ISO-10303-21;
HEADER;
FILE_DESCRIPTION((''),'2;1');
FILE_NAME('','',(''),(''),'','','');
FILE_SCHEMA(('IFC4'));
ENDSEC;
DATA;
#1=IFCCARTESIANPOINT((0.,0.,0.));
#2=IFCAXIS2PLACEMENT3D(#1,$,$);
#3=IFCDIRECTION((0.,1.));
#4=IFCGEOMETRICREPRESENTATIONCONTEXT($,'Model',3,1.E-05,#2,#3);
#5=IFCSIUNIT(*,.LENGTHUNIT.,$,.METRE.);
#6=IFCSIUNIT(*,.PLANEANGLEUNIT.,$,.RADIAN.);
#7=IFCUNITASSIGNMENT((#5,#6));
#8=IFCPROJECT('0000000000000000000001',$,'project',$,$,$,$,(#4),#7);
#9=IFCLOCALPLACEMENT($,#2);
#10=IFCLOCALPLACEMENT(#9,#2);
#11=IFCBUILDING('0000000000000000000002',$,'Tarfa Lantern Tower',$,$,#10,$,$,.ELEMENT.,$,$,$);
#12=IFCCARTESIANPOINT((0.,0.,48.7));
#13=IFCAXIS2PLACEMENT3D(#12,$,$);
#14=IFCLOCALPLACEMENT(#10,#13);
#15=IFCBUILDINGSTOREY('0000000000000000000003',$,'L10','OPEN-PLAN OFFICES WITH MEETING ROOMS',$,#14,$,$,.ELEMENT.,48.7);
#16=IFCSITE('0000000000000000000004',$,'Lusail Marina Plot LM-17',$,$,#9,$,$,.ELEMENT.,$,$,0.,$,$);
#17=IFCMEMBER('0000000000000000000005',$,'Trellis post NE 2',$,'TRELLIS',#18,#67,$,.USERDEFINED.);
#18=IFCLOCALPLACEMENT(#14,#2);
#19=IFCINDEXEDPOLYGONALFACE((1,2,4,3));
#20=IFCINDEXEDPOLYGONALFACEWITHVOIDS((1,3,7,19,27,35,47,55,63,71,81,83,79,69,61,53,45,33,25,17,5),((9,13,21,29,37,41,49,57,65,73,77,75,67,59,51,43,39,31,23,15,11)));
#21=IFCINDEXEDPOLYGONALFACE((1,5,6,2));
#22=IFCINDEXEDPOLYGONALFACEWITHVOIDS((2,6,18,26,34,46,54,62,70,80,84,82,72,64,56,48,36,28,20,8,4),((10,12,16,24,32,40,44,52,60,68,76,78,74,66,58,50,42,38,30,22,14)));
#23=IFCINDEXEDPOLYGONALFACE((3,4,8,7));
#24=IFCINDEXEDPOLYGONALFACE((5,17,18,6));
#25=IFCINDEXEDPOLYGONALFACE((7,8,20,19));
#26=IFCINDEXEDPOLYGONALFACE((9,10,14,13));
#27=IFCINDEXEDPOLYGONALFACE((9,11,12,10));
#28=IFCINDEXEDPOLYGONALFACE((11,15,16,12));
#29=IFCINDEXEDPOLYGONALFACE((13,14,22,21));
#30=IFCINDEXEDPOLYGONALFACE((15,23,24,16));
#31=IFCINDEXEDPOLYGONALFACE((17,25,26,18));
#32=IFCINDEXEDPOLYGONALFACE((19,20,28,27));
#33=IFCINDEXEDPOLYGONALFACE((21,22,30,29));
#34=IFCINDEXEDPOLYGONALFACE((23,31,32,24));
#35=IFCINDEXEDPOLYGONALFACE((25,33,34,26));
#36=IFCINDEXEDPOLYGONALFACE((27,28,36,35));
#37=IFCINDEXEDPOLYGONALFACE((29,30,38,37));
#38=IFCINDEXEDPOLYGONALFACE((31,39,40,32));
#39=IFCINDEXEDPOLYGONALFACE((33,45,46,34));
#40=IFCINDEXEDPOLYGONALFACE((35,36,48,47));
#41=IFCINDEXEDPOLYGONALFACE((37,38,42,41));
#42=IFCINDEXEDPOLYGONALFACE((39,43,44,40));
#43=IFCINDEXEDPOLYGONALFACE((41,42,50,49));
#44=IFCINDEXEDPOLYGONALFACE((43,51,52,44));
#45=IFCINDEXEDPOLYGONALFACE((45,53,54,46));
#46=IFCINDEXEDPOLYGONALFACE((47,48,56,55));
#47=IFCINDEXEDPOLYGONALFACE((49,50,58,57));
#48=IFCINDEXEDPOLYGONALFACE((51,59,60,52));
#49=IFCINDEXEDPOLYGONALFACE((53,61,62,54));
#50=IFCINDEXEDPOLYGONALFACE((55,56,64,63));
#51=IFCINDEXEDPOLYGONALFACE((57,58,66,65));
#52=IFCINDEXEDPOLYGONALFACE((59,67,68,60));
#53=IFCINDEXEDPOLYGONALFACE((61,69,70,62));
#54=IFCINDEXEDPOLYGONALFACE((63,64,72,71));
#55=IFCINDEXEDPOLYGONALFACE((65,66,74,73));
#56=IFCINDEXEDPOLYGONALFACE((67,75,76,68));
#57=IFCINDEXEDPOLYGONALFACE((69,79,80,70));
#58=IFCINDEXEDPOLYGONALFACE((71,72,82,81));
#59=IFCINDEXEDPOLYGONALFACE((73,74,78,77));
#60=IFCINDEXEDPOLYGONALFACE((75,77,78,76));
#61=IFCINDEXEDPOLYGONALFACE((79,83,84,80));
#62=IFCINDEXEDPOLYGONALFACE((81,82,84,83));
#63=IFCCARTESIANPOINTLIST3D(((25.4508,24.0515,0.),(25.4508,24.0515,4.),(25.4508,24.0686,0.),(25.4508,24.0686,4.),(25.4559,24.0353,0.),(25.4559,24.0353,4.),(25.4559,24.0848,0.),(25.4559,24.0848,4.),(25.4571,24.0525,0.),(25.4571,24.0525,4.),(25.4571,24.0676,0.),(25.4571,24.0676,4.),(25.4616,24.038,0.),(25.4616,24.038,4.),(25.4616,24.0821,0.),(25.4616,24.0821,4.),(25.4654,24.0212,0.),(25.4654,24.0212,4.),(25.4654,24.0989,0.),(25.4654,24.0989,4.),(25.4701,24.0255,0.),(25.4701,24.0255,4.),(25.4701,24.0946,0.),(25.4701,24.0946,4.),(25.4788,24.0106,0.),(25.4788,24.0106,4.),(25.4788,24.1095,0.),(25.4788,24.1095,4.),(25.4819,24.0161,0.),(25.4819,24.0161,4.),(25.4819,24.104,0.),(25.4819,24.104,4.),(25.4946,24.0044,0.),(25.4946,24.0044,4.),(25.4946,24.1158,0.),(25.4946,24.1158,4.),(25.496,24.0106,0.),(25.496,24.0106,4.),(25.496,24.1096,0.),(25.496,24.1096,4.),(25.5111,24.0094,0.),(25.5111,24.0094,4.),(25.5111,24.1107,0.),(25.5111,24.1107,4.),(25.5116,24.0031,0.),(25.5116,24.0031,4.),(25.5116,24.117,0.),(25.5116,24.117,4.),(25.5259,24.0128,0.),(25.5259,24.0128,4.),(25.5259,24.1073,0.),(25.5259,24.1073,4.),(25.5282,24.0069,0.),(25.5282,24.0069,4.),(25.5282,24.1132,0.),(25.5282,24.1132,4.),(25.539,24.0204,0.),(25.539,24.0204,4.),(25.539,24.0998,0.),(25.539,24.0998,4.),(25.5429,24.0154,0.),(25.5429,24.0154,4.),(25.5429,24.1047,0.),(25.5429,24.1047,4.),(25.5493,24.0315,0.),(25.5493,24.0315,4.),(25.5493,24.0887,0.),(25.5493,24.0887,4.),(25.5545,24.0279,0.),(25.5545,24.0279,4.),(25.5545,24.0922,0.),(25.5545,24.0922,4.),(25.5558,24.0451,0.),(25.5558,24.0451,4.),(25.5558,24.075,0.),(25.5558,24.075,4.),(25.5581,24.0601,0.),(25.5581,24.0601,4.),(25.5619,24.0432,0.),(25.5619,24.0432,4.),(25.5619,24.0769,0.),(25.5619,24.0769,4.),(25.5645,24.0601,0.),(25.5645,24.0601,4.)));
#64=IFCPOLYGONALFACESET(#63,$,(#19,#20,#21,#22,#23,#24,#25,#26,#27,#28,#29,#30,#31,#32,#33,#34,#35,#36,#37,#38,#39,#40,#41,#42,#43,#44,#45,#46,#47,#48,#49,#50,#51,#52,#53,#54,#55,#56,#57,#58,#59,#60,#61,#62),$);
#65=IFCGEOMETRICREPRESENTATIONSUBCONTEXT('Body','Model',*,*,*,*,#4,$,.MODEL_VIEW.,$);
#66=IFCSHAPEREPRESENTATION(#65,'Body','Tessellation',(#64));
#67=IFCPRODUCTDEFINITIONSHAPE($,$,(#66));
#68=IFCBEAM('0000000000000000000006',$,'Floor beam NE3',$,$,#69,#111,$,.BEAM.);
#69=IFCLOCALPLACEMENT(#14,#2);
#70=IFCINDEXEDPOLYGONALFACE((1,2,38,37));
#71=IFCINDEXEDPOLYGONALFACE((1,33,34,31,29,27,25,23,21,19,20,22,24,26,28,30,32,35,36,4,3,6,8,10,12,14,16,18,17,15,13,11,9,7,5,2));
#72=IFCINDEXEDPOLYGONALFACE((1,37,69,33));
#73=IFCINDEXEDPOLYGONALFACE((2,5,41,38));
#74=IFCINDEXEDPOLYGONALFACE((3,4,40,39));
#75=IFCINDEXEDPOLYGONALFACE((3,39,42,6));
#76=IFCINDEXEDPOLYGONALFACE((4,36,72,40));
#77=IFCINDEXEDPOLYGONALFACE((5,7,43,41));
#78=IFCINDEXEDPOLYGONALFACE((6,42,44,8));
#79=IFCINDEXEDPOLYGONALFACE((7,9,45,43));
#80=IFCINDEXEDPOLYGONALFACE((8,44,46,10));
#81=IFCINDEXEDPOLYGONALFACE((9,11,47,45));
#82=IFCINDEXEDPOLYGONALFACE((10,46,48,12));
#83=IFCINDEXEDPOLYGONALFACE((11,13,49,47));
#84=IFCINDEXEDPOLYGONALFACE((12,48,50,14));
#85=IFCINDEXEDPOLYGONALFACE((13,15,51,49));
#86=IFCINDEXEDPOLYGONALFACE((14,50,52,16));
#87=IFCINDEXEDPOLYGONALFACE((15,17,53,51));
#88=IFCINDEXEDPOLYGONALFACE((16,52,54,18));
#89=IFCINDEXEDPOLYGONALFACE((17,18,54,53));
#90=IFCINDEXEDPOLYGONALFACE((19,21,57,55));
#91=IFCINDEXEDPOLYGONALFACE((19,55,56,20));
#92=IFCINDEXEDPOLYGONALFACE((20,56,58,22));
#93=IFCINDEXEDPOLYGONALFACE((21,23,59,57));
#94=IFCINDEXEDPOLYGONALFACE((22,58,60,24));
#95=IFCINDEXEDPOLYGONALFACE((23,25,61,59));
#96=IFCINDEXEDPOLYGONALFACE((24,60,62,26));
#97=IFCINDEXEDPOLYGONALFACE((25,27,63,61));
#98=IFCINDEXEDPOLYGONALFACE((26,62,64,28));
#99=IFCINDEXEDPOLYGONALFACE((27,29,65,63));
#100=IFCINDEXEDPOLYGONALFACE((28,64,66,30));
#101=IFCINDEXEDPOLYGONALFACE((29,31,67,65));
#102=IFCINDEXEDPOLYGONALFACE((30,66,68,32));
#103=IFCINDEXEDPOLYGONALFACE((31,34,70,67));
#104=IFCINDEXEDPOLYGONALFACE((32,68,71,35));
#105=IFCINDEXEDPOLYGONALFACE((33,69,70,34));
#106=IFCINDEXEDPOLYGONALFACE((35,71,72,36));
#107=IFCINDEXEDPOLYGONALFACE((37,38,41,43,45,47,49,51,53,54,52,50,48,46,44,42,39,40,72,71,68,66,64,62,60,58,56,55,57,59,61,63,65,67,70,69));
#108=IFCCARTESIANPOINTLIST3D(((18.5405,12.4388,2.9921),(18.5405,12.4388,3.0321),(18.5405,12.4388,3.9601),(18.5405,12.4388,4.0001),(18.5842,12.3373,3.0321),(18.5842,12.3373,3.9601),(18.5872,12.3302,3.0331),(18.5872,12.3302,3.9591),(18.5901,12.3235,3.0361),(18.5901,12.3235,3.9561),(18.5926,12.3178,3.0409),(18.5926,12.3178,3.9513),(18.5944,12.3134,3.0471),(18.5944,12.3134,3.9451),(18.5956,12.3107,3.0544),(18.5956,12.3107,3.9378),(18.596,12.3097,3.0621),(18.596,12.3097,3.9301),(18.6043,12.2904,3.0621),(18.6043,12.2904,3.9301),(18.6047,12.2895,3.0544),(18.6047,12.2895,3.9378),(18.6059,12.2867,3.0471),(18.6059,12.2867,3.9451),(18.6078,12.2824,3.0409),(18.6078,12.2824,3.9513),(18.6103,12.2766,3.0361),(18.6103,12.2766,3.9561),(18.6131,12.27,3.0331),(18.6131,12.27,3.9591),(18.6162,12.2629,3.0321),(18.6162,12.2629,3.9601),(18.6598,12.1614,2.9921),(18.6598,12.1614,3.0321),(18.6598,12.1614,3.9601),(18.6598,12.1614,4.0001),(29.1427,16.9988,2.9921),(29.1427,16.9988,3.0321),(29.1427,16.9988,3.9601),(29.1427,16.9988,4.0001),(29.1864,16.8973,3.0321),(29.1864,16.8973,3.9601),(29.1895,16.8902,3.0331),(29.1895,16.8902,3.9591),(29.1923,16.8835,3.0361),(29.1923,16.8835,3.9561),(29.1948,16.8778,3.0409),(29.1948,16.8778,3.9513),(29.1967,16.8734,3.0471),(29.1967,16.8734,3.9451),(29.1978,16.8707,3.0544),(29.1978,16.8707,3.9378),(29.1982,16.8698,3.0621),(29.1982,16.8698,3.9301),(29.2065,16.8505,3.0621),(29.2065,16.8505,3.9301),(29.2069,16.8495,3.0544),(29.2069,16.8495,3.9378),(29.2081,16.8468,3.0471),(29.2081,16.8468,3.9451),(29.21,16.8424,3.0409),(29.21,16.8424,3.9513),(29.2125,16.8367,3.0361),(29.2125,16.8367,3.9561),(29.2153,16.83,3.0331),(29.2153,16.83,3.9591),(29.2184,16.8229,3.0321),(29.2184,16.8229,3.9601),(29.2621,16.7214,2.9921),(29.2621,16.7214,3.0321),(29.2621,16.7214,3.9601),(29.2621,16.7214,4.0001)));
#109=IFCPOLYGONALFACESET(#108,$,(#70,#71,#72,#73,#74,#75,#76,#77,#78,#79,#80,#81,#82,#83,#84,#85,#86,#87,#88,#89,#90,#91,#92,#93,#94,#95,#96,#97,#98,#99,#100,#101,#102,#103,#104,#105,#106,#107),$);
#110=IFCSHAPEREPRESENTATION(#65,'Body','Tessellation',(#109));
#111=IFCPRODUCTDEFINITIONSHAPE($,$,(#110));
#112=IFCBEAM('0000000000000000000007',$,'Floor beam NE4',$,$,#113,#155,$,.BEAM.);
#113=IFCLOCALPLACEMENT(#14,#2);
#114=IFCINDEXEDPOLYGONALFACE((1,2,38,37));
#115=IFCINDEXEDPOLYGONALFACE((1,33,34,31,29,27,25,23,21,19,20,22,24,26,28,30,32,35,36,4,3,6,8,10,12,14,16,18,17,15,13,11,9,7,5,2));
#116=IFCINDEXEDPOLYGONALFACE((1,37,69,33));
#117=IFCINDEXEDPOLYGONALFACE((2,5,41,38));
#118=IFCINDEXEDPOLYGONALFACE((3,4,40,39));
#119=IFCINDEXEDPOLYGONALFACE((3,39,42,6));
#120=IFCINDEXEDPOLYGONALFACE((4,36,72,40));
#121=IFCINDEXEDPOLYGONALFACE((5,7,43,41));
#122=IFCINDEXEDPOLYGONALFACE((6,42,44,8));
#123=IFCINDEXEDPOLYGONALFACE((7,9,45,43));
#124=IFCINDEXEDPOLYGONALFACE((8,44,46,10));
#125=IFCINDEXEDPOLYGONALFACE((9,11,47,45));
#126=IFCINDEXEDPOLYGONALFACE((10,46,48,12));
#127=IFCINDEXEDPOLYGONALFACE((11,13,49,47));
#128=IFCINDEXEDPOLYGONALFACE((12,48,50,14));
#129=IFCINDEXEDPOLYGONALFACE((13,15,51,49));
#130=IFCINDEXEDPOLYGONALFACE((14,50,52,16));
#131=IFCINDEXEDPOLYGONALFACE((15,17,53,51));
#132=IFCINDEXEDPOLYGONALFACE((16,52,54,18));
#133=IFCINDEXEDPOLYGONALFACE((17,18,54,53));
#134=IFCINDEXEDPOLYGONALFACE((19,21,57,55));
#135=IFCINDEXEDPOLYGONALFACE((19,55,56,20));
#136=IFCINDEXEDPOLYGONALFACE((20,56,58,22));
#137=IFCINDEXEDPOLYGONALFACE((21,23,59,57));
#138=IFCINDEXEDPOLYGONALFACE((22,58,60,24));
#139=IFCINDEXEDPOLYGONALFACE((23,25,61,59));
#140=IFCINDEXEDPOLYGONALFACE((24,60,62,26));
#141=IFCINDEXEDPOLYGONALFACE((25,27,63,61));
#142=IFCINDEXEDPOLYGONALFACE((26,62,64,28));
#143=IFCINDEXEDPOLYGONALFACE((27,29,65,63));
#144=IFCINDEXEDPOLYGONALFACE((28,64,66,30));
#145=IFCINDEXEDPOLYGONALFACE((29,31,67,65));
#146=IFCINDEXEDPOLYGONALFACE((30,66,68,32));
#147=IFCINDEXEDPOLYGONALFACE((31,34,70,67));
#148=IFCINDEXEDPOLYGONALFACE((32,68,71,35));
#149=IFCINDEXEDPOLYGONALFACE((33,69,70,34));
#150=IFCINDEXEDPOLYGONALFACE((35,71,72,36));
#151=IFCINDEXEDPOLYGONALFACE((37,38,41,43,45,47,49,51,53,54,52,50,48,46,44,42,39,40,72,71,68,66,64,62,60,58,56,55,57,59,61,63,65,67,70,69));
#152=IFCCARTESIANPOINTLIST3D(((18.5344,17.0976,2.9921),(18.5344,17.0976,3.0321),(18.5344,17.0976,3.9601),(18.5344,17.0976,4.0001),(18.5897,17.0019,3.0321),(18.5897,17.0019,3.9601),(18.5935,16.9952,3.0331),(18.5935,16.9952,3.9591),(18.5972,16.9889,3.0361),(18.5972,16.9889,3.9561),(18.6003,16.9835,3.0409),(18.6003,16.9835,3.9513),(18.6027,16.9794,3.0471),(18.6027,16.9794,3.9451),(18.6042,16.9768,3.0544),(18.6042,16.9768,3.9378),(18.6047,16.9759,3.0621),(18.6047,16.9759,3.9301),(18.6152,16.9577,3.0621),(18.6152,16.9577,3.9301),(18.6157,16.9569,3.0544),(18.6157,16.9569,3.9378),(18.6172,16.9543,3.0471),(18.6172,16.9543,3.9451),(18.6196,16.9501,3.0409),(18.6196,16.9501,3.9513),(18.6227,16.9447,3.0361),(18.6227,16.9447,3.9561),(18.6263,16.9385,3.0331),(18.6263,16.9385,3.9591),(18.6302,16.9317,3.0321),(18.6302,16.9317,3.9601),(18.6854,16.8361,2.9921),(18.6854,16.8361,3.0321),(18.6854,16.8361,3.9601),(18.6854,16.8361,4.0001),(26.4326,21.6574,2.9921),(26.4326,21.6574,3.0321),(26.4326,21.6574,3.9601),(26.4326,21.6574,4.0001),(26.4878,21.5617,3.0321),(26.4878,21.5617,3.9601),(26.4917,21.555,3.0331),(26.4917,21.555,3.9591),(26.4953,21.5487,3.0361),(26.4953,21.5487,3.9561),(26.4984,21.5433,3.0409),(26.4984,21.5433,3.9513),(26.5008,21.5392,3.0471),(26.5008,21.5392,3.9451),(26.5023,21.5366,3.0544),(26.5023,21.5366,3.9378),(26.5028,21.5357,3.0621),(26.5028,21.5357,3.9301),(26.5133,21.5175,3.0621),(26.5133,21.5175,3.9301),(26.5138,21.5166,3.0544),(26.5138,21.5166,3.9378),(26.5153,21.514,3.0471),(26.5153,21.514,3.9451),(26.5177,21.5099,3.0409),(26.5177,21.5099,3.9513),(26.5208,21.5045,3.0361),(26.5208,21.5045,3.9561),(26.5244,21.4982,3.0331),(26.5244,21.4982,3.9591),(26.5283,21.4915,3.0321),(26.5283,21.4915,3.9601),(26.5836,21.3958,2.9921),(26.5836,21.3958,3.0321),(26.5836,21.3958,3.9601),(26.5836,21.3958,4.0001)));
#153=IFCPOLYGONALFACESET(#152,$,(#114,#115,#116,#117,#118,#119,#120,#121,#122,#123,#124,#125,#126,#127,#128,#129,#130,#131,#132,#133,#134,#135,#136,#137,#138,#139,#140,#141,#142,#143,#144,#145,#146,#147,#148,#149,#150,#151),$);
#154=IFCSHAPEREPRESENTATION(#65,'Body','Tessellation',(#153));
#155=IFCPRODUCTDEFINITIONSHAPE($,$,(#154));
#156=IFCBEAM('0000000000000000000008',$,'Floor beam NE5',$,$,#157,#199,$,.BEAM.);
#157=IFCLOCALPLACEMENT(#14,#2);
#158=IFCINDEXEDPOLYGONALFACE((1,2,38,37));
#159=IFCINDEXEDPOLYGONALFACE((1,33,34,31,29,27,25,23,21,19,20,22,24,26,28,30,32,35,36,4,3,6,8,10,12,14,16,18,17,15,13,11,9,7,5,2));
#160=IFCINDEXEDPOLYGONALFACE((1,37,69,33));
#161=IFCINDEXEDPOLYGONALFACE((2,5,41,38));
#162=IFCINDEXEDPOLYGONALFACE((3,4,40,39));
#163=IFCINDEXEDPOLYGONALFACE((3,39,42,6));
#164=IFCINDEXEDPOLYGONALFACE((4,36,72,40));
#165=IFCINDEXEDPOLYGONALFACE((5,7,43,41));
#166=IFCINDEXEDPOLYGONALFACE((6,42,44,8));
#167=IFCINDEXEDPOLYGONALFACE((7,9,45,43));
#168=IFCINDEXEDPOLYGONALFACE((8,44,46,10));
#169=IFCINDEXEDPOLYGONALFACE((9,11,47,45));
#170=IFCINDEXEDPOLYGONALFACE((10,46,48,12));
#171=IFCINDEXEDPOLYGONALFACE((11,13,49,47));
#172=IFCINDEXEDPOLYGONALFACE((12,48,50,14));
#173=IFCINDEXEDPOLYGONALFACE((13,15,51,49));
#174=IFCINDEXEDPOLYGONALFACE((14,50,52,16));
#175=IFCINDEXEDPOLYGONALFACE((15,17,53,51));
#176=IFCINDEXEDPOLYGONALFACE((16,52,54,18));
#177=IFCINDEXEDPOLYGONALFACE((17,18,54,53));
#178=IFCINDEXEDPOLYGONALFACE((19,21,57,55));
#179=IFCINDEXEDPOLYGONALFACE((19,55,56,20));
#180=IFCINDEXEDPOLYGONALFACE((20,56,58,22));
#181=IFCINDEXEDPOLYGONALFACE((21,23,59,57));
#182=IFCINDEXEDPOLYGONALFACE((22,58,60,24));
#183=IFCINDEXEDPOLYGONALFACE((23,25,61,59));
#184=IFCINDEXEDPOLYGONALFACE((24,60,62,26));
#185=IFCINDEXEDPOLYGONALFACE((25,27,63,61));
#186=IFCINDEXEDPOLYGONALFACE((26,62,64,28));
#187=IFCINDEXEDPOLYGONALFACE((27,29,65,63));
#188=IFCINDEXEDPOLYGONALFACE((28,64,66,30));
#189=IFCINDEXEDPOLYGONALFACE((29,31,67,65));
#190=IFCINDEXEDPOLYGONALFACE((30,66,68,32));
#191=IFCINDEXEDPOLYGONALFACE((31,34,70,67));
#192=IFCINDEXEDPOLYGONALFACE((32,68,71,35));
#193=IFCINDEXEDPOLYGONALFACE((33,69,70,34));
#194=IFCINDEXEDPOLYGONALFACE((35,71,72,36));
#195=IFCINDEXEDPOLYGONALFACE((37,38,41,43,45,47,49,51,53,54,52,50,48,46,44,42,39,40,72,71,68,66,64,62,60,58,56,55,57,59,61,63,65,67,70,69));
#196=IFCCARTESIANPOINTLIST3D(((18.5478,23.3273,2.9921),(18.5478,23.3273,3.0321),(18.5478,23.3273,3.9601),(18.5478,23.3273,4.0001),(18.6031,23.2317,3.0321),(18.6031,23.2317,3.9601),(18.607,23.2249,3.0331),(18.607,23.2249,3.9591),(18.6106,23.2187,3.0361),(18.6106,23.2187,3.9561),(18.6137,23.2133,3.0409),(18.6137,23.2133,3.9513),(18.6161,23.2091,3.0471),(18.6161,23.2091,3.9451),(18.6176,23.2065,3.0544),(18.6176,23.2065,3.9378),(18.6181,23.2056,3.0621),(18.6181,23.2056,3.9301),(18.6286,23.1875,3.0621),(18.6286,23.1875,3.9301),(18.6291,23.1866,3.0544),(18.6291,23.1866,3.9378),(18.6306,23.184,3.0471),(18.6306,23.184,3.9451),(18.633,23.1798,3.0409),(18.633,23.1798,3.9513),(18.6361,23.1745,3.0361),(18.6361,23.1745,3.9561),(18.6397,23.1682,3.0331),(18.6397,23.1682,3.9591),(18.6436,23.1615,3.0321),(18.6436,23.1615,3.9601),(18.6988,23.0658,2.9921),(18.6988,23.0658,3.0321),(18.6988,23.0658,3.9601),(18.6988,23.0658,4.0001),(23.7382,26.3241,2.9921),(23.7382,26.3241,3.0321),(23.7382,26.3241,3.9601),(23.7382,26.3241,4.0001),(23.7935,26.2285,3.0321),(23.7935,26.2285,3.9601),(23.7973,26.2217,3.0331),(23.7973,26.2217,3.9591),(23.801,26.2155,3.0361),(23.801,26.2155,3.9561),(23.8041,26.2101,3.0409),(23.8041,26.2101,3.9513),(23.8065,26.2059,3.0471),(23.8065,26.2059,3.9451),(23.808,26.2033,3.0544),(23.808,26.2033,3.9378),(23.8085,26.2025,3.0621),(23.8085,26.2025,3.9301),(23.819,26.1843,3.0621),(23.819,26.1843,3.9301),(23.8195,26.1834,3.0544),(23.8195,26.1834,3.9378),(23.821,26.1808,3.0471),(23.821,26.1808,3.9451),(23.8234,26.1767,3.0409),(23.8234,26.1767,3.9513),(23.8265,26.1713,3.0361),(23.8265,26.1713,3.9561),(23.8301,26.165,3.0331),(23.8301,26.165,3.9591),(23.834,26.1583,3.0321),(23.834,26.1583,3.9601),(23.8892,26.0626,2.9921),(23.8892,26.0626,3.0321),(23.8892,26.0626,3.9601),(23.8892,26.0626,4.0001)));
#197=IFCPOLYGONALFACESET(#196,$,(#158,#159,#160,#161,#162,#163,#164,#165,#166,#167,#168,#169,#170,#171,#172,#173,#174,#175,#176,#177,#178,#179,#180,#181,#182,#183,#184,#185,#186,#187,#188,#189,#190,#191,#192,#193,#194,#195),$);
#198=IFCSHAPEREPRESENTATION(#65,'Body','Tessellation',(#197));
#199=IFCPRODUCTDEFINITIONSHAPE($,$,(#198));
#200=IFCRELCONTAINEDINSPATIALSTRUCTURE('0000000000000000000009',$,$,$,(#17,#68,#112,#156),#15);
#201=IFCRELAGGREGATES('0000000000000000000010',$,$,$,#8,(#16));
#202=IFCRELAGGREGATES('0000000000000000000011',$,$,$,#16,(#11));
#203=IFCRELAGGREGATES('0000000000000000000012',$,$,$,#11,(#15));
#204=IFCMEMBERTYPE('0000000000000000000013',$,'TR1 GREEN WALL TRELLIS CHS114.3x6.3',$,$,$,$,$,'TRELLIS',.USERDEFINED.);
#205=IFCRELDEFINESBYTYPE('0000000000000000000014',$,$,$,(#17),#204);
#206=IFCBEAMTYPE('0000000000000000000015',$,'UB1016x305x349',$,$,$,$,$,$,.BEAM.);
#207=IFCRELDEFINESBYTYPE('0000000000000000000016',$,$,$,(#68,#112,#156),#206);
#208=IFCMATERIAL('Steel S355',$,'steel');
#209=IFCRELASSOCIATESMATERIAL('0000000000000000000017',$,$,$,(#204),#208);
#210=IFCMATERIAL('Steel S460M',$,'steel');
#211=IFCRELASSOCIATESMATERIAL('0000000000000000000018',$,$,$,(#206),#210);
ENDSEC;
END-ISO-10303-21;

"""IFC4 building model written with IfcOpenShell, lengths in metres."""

from ifc_helpers import new_model, si_unit, direction, frame, origin, origin_2d, place, context, subcontext, project, spatial, hollow_circle, i_section, extrude, material, material_profile, profile_set, type_object, element, save


model = new_model("IFC4")

# Units and contexts
model_context = context("Model", 3, precision=1e-05, world=origin(), true_north=direction((0.0, 1.0)))
body_context = subcontext(model_context, "Body", "Model", "MODEL_VIEW")
ifc_project = project(units=[si_unit("LENGTHUNIT", "METRE"), si_unit("PLANEANGLEUNIT", "RADIAN")], contexts=[model_context])

# Site, building, storey
site_placement = place(None, origin())
site = spatial("IfcSite", under=ifc_project, at=site_placement, Name="Lusail Marina Plot LM-17", CompositionType="ELEMENT", RefElevation=0.0)
building_placement = place(site_placement, origin())
building = spatial("IfcBuilding", under=site, at=building_placement, Name="Tarfa Lantern Tower", CompositionType="ELEMENT")
storey_placement = place(building_placement, frame((0.0, 0.0, 48.7)))
storey = spatial("IfcBuildingStorey", under=building, at=storey_placement, Name="L10", Description="OPEN-PLAN OFFICES WITH MEETING ROOMS", CompositionType="ELEMENT", Elevation=48.7)

# Member
ifc_material_1 = material(Name="Steel S355", Category="steel")
ifc_material_profile_1 = material_profile(ifc_material_1, hollow_circle(Radius=0.0571, WallThickness=0.0063, at=origin_2d()), Name="CHS114.3x6.3")
ifc_profile_set_1 = profile_set([ifc_material_profile_1], Name="Steel S355")
member_type_1 = type_object("IfcMemberType", Name="TR1 GREEN WALL TRELLIS CHS114.3x6.3", ElementType="TRELLIS", PredefinedType="USERDEFINED", material=ifc_profile_set_1)
member_1_placement = place(storey_placement, frame((25.5073, 24.0601, 0.0), z_axis=(0.0, 0.0, 1.0), x_axis=(1.0, 0.0, 0.0)))
element("IfcMember", 1, at=member_1_placement, inside=storey, type_object=member_type_1, Name="Trellis post NE 2", ObjectType="TRELLIS", PredefinedType="USERDEFINED", context=body_context, shape_type="SweptSolid", body=[
    extrude(hollow_circle(Radius=0.0571, WallThickness=0.0063, at=origin_2d()), origin(), (0.0, 0.0, 1.0), 4.0),
])

# Beams
ifc_material_2 = material(Name="Steel S460M", Category="steel")
ifc_material_profile_2 = material_profile(ifc_material_2, i_section(OverallWidth=0.302, OverallDepth=1.0081, WebThickness=0.021, FlangeThickness=0.04, FilletRadius=0.03, at=origin_2d()), Name="UB1016x305x349")
ifc_profile_set_2 = profile_set([ifc_material_profile_2], Name="Steel S460M")
beam_type_1 = type_object("IfcBeamType", Name="UB1016x305x349", PredefinedType="BEAM", material=ifc_profile_set_2)
beam_1_placement = place(storey_placement, frame((29.2024, 16.8601, 3.4961), z_axis=(-0.918635, -0.395106, 0.0), x_axis=(0.395106, -0.918635, 0.0)))
element("IfcBeam", 2, at=beam_1_placement, inside=storey, type_object=beam_type_1, Name="Floor beam NE3", PredefinedType="BEAM", context=body_context, shape_type="SweptSolid", body=[
    extrude(i_section(OverallWidth=0.302, OverallDepth=1.0081, WebThickness=0.021, FlangeThickness=0.04, FilletRadius=0.03, at=origin_2d()), origin(), (0.0, 0.0, 1.0), 11.5413),
])
beam_2_placement = place(storey_placement, frame((26.5081, 21.5266, 3.4961), z_axis=(-0.866035, -0.499983, 0.0), x_axis=(0.499983, -0.866035, 0.0)))
element("IfcBeam", 3, at=beam_2_placement, inside=storey, type_object=beam_type_1, Name="Floor beam NE4", PredefinedType="BEAM", context=body_context, shape_type="SweptSolid", body=[
    extrude(i_section(OverallWidth=0.302, OverallDepth=1.0081, WebThickness=0.021, FlangeThickness=0.04, FilletRadius=0.03, at=origin_2d()), origin(), (0.0, 0.0, 1.0), 9.1199),
])
beam_3_placement = place(storey_placement, frame((23.8137, 26.1934, 3.4961), z_axis=(-0.866016, -0.500016, 0.0), x_axis=(0.500016, -0.866016, 0.0)))
element("IfcBeam", 4, at=beam_3_placement, inside=storey, type_object=beam_type_1, Name="Floor beam NE5", PredefinedType="BEAM", context=body_context, shape_type="SweptSolid", body=[
    extrude(i_section(OverallWidth=0.302, OverallDepth=1.0081, WebThickness=0.021, FlangeThickness=0.04, FilletRadius=0.03, at=origin_2d()), origin(), (0.0, 0.0, 1.0), 5.9934),
])

save(model, "model.ifc")
